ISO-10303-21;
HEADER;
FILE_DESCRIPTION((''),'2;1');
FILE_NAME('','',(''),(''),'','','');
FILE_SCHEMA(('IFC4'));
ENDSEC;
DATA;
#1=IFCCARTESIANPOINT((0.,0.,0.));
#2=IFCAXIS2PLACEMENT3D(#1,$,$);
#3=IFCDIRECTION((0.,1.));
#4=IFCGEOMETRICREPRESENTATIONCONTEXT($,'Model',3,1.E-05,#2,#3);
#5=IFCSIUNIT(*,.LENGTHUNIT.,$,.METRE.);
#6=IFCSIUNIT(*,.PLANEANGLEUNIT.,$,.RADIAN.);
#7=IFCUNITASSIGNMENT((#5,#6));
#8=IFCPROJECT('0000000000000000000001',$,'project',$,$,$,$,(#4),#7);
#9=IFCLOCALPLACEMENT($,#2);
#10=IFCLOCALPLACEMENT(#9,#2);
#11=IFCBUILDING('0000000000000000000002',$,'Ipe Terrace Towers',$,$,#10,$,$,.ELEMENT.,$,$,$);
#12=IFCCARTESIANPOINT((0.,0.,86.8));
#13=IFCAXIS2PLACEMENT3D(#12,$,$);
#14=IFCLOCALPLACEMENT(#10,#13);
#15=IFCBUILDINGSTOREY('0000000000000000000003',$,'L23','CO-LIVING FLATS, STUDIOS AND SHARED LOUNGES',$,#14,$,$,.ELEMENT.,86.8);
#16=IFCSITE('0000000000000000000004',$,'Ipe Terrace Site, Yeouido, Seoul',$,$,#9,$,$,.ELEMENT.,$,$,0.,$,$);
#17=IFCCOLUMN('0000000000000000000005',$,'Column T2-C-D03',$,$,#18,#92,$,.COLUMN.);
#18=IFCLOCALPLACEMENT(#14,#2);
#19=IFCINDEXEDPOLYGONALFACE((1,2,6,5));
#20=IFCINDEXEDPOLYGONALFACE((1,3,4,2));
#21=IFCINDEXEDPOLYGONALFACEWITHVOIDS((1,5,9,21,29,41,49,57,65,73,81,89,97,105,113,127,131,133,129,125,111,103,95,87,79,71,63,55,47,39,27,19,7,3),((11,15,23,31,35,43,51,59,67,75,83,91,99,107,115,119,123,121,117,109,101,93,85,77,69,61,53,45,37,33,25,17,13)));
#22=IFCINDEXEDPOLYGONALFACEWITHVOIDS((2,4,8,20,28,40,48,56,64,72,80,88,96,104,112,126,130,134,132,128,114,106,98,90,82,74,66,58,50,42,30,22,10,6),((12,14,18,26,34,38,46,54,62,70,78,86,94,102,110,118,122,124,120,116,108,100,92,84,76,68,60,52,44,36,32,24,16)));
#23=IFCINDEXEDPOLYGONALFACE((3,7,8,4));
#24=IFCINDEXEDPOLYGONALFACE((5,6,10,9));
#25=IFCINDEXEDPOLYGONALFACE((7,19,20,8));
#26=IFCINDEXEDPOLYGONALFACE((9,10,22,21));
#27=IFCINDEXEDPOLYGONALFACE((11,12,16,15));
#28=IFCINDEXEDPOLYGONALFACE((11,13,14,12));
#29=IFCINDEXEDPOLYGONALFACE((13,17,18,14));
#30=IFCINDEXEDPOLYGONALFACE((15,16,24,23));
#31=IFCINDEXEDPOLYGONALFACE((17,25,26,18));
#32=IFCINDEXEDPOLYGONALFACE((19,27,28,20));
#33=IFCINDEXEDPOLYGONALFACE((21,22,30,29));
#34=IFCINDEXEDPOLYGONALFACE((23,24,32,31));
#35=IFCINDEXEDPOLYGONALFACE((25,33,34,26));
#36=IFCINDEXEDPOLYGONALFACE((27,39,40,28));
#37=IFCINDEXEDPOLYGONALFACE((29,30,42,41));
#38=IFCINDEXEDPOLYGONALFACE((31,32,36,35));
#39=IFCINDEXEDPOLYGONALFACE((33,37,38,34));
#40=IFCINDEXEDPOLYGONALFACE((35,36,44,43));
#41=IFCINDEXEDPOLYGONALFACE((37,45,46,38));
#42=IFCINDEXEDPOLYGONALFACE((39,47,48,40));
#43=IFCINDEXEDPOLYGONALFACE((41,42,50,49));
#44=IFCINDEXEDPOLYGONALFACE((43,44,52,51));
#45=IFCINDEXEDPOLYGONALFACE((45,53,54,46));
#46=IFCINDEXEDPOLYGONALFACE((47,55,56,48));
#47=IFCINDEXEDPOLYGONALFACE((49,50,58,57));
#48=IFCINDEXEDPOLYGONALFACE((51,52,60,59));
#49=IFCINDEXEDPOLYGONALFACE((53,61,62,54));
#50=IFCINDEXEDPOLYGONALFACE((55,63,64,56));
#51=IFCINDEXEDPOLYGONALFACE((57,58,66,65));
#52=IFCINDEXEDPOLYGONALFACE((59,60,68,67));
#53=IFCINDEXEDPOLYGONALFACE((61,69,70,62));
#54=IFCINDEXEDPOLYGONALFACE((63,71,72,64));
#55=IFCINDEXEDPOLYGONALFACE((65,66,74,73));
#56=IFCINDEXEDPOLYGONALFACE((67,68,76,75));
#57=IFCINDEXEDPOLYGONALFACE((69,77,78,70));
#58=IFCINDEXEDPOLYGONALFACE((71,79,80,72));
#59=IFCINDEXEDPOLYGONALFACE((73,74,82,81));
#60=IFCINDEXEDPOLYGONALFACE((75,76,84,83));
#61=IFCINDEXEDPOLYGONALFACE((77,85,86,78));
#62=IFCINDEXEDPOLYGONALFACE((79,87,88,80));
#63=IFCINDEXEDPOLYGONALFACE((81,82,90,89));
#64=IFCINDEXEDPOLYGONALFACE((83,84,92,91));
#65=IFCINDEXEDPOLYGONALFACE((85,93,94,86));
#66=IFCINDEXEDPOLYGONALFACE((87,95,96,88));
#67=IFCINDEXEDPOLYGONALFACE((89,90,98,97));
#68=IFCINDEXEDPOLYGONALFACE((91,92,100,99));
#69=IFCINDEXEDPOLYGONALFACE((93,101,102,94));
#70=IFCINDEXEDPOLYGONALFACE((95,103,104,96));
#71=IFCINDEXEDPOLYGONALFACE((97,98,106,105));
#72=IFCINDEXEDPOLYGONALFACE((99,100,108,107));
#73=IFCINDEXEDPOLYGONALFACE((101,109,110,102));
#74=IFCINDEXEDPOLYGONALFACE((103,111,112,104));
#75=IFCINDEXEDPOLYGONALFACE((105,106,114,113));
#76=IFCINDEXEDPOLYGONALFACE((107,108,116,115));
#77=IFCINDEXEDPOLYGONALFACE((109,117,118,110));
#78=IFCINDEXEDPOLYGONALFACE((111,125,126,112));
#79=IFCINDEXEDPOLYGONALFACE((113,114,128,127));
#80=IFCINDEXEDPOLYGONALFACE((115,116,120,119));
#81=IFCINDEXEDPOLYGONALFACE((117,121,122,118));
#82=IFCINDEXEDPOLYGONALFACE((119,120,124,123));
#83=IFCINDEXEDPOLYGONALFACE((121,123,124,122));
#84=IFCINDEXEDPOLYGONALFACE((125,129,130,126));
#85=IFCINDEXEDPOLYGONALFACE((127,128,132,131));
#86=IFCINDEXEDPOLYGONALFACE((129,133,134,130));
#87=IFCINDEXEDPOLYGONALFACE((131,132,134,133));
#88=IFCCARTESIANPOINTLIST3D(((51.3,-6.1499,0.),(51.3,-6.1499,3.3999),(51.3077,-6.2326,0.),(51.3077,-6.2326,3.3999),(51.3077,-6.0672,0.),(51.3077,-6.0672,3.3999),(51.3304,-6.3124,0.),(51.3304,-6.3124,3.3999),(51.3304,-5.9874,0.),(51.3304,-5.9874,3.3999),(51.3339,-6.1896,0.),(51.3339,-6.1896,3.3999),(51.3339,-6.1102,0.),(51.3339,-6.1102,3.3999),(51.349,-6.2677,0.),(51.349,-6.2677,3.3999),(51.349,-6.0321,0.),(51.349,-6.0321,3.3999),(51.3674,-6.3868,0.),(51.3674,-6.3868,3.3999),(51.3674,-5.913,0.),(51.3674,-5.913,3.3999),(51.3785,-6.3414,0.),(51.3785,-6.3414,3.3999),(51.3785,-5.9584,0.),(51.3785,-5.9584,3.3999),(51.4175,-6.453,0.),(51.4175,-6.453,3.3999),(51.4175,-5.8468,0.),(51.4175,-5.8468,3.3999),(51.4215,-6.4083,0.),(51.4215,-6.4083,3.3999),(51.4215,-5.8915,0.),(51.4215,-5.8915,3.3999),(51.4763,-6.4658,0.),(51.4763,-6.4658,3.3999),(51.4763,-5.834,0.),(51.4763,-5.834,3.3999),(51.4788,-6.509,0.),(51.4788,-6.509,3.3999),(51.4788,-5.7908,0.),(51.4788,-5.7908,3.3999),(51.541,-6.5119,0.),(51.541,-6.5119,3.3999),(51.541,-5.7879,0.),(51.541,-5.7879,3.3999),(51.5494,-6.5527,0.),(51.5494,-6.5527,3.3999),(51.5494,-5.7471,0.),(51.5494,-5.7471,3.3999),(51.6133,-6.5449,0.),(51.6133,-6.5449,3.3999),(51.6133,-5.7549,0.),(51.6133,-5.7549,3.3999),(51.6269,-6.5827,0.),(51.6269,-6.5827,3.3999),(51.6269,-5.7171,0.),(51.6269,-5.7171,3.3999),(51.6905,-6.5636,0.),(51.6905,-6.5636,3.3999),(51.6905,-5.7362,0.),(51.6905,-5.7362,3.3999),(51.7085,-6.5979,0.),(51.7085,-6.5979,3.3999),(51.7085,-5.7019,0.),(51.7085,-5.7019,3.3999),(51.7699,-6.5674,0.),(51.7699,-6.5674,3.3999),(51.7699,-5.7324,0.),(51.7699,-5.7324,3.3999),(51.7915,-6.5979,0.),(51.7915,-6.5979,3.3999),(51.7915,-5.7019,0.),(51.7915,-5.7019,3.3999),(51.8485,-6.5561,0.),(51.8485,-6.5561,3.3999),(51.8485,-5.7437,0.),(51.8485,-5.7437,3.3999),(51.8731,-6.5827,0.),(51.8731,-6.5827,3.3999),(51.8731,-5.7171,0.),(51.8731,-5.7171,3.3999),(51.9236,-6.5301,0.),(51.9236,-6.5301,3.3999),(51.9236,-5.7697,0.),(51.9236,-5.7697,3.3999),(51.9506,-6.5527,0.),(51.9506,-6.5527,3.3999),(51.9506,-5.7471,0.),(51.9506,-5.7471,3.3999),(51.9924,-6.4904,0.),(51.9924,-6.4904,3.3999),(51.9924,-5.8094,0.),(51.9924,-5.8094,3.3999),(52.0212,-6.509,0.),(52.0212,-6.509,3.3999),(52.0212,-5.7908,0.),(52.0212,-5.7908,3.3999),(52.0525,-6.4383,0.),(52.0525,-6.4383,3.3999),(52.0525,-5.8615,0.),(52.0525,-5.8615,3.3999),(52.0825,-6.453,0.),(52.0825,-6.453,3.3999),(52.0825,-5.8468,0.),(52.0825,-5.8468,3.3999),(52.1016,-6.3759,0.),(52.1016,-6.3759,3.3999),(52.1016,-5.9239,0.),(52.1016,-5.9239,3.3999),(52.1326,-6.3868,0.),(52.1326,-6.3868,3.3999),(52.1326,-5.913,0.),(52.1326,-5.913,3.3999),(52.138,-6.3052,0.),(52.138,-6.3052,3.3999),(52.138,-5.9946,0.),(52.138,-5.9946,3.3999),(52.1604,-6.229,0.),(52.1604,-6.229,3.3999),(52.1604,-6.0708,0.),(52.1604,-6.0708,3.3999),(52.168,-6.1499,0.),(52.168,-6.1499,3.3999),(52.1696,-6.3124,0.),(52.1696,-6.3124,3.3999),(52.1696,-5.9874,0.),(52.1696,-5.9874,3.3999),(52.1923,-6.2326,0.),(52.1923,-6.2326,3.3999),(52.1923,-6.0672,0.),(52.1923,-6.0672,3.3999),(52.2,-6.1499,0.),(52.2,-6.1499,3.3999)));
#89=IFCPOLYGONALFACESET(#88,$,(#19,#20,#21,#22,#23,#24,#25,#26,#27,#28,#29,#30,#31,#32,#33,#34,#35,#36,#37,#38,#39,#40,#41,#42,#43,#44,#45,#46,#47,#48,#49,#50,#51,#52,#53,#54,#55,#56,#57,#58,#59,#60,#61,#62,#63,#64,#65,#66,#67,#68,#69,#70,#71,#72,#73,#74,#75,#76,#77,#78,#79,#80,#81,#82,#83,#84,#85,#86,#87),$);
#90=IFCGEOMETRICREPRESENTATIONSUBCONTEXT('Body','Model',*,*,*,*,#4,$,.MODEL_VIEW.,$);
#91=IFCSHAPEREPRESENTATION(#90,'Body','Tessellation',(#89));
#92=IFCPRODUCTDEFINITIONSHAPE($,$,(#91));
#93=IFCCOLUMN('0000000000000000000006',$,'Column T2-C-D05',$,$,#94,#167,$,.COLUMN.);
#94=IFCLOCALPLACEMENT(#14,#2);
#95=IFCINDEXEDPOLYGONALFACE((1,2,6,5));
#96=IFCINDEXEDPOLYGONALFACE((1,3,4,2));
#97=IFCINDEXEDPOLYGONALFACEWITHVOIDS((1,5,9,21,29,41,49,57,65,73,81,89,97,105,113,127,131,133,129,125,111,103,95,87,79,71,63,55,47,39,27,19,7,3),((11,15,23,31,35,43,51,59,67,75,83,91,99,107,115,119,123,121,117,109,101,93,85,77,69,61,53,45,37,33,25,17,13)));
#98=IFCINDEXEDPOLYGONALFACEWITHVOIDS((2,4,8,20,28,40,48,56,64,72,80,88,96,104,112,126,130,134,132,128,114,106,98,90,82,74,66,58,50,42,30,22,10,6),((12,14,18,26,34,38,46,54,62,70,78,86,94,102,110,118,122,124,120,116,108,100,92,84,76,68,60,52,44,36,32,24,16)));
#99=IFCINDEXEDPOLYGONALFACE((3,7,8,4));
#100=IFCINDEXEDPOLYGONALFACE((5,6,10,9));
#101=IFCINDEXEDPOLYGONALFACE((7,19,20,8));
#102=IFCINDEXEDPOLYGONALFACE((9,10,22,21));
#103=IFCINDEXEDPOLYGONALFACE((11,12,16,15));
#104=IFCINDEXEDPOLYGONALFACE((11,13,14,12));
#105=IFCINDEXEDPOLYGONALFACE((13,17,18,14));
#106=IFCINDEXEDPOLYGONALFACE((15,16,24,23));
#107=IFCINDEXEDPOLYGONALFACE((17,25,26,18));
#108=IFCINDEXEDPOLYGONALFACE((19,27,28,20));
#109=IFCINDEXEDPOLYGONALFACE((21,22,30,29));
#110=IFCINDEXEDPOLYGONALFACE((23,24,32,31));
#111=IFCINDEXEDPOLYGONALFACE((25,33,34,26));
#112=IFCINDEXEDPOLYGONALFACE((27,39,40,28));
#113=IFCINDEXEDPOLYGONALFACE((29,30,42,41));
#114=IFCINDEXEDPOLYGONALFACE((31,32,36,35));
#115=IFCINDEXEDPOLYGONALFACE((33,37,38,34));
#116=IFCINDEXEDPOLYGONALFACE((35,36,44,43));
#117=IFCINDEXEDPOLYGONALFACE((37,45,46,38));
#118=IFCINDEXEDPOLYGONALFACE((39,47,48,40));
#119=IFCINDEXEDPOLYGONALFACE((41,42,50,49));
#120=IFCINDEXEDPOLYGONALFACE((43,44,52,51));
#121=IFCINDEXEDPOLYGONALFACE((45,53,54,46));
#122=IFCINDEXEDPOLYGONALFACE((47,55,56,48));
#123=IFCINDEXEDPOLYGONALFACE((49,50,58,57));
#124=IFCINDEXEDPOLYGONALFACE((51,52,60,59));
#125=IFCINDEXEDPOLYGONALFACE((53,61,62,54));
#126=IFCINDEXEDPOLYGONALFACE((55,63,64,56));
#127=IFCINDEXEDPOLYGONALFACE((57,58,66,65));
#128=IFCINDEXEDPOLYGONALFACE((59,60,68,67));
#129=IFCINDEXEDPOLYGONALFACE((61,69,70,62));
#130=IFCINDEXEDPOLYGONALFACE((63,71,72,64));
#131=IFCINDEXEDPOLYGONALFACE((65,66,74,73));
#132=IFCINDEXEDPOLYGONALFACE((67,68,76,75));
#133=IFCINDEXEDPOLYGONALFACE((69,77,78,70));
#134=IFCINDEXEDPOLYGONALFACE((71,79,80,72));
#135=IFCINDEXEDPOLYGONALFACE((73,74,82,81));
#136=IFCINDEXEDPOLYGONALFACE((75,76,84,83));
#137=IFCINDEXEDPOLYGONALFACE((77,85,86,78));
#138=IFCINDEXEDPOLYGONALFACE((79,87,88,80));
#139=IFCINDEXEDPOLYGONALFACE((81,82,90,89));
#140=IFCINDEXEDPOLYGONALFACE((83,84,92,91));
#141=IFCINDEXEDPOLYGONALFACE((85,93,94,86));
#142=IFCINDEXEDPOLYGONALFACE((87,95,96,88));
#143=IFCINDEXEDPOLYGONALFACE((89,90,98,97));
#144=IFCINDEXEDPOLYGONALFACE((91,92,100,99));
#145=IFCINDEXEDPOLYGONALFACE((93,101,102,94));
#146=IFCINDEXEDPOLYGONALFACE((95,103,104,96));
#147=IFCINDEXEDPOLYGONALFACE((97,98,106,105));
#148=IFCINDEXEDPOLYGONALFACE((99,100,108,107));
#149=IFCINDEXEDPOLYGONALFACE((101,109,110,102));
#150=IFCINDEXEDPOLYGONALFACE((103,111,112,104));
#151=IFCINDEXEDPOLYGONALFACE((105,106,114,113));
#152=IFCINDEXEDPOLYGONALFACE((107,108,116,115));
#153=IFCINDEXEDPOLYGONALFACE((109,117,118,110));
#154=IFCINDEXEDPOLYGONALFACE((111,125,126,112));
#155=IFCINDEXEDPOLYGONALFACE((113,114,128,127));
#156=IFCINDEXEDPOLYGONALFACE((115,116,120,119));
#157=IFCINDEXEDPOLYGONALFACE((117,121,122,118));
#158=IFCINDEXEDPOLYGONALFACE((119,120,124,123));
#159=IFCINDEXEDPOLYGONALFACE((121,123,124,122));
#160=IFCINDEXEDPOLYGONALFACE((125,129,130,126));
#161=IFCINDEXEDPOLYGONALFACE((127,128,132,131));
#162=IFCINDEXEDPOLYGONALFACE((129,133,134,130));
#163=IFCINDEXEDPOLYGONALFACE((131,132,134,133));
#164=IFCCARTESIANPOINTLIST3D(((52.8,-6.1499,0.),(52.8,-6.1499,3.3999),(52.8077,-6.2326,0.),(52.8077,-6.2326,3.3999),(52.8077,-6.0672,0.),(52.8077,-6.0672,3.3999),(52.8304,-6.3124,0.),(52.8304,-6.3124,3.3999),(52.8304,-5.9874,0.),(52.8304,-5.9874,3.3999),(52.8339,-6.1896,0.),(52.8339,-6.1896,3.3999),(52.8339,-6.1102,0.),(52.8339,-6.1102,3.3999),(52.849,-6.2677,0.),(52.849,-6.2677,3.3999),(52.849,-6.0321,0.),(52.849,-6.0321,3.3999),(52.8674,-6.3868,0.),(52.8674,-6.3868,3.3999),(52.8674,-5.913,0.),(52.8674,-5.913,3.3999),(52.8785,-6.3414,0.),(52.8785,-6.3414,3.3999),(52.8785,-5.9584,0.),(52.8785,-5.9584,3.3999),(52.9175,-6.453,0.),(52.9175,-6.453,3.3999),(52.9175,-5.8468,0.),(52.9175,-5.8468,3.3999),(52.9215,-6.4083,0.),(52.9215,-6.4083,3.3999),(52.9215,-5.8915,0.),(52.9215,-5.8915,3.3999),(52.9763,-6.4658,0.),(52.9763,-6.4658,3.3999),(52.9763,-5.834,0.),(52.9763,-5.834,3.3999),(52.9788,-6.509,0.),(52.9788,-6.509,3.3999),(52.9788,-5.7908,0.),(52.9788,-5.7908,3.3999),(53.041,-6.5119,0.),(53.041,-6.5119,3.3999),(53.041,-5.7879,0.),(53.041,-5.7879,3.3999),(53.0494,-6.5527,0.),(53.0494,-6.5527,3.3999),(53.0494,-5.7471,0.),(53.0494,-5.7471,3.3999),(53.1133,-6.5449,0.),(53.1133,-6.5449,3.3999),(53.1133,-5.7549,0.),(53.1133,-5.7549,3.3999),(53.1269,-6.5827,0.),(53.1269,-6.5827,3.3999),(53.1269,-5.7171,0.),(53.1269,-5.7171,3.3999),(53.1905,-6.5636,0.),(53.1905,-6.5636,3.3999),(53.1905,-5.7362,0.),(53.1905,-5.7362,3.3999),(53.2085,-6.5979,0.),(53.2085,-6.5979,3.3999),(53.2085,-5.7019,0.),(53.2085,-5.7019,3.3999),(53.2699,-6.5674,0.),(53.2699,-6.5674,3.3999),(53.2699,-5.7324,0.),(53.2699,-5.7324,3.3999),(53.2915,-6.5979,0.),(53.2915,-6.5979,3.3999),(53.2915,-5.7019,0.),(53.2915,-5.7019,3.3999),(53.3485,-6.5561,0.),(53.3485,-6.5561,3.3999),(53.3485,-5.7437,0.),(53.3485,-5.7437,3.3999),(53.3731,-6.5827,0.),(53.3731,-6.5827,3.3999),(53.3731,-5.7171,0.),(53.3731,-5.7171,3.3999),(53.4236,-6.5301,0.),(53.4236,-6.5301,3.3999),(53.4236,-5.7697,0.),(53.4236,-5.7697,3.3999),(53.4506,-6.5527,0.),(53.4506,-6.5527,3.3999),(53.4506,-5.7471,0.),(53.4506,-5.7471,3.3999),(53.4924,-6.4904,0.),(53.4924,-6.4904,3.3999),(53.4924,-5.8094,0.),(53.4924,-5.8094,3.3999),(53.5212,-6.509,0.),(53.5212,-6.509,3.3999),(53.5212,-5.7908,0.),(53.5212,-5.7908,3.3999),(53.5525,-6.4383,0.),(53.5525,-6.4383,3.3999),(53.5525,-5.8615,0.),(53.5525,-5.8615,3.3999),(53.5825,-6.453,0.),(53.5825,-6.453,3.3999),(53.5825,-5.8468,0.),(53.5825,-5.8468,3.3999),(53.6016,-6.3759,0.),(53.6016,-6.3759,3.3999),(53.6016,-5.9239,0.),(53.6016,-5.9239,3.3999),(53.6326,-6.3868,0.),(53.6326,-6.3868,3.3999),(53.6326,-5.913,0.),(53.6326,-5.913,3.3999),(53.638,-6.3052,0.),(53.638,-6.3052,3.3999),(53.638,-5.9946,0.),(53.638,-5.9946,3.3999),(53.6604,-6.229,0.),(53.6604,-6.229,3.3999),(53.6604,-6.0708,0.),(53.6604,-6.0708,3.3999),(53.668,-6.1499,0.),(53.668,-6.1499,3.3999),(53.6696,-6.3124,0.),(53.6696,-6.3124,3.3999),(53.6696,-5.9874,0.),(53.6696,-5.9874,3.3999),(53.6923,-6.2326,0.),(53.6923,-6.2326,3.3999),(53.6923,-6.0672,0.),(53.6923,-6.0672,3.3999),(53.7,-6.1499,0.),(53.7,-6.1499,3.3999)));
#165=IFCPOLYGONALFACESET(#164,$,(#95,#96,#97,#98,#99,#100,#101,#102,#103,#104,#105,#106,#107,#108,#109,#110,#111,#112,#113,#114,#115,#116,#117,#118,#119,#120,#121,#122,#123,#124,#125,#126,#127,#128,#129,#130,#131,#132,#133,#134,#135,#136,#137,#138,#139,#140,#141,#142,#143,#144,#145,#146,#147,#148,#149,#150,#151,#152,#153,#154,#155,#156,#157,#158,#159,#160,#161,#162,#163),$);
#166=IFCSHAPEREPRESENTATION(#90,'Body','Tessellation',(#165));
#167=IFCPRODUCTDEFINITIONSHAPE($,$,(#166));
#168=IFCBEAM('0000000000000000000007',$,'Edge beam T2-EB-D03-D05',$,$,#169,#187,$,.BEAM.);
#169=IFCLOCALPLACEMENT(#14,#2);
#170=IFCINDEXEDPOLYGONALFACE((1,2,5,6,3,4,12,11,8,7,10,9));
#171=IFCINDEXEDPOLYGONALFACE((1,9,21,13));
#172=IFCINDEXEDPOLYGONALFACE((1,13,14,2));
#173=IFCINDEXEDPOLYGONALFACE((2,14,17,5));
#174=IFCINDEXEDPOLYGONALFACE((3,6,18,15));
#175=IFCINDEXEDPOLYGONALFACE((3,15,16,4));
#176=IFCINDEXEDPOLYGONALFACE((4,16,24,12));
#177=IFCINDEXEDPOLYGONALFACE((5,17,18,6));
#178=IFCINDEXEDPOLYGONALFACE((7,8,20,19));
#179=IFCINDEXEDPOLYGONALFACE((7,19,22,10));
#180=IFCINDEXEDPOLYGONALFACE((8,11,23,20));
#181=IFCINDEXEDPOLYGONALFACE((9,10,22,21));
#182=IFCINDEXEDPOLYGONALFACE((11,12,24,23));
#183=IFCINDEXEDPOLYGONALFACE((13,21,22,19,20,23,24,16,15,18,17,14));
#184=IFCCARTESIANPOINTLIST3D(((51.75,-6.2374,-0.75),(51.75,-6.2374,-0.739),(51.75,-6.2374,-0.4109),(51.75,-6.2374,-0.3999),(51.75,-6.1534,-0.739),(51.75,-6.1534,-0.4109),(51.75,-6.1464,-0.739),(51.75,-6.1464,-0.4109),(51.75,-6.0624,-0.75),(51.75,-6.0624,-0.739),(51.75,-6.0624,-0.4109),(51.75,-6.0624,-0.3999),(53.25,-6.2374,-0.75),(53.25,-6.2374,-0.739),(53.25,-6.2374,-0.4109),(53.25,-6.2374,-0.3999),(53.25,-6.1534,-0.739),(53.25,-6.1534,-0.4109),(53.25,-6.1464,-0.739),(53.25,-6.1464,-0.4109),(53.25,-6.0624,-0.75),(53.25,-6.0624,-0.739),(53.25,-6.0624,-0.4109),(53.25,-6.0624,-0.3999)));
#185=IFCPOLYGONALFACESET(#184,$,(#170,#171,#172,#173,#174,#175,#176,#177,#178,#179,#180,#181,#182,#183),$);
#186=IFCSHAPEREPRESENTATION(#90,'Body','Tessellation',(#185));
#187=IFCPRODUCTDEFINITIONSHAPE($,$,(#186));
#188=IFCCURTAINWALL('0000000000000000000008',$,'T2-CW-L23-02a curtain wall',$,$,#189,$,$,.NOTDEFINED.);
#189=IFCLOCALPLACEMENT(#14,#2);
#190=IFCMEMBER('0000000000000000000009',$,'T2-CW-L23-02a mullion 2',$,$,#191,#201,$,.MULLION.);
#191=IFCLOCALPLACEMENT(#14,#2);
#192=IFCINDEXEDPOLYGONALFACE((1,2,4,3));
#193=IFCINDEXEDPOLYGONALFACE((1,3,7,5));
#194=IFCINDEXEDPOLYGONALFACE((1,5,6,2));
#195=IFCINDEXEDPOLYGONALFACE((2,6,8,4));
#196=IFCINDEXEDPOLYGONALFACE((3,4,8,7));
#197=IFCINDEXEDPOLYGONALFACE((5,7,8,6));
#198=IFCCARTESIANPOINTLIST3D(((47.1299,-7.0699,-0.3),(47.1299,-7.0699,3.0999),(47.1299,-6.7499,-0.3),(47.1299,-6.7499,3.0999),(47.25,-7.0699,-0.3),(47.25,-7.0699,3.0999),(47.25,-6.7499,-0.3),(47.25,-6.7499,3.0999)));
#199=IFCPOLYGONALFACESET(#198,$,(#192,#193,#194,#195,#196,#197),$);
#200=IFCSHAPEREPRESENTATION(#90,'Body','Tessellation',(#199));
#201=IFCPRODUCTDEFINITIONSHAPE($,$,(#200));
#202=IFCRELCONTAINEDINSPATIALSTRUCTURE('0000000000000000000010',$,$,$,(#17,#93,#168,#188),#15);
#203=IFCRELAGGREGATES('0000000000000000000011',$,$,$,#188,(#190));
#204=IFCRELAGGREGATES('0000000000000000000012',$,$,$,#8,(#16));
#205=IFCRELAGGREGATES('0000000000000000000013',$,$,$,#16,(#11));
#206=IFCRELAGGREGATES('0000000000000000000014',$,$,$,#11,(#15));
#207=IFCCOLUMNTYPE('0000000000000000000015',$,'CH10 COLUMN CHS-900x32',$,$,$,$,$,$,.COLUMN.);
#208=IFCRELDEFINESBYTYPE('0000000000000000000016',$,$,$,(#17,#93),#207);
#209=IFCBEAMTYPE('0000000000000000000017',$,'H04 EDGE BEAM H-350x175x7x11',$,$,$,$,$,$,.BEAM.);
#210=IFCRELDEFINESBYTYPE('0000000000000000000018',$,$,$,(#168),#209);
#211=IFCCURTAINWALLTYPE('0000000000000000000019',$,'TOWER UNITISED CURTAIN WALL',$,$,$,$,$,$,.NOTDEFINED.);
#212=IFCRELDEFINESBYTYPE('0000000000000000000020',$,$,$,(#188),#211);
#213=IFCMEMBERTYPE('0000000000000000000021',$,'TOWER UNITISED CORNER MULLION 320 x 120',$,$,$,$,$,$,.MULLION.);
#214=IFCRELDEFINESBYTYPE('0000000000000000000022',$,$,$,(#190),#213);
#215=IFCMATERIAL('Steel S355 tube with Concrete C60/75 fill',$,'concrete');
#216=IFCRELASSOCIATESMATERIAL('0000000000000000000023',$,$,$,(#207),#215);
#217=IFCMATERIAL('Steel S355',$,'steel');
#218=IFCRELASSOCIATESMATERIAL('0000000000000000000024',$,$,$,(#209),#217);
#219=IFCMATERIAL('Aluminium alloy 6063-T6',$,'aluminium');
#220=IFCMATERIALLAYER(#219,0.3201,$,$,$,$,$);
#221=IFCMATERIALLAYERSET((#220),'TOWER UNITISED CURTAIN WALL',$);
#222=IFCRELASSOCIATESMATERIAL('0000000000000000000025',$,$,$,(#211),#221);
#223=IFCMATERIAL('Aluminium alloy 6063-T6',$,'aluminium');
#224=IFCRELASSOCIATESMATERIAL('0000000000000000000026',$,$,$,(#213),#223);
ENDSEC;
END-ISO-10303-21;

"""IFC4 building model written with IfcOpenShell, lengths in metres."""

from ifc_helpers import new_model, si_unit, direction, frame, origin, origin_2d, place, context, subcontext, project, spatial, rectangle, hollow_circle, i_section, extrude, material, layer, layer_set, material_profile, profile_set, type_object, element, aggregate, save


model = new_model("IFC4")

# Units and contexts
model_context = context("Model", 3, precision=1e-05, world=origin(), true_north=direction((0.0, 1.0)))
body_context = subcontext(model_context, "Body", "Model", "MODEL_VIEW")
ifc_project = project(units=[si_unit("LENGTHUNIT", "METRE"), si_unit("PLANEANGLEUNIT", "RADIAN")], contexts=[model_context])

# Site, building, storey
site_placement = place(None, origin())
site = spatial("IfcSite", under=ifc_project, at=site_placement, Name="Ipe Terrace Site, Yeouido, Seoul", CompositionType="ELEMENT", RefElevation=0.0)
building_placement = place(site_placement, origin())
building = spatial("IfcBuilding", under=site, at=building_placement, Name="Ipe Terrace Towers", CompositionType="ELEMENT")
storey_placement = place(building_placement, frame((0.0, 0.0, 86.8)))
storey = spatial("IfcBuildingStorey", under=building, at=storey_placement, Name="L23", Description="CO-LIVING FLATS, STUDIOS AND SHARED LOUNGES", CompositionType="ELEMENT", Elevation=86.8)

# Columns
ifc_material_1 = material(Name="Steel S355 tube with Concrete C60/75 fill", Category="concrete")
ifc_material_profile_1 = material_profile(ifc_material_1, hollow_circle(Radius=0.45, WallThickness=0.032, at=origin_2d()), Name="CHS-900x32")
ifc_profile_set_1 = profile_set([ifc_material_profile_1], Name="Steel S355 tube with Concrete C60/75 fill")
column_type = type_object("IfcColumnType", Name="CH10 COLUMN CHS-900x32", PredefinedType="COLUMN", material=ifc_profile_set_1)
for number, where, z_axis, x_axis, name in (
    (1, (51.75, -6.1499, 0.0), (0.0, 0.0, 1.0), (1.0, 0.0, 0.0), "Column T2-C-D03"),
    (2, (53.25, -6.1499, 0.0), (0.0, 0.0, 1.0), (1.0, 0.0, 0.0), "Column T2-C-D05"),
):
    element("IfcColumn", number, at=place(storey_placement, frame(where, z_axis=z_axis, x_axis=x_axis)), inside=storey, type_object=column_type, Name=name, PredefinedType="COLUMN", context=body_context, shape_type="SweptSolid", body=[
        extrude(hollow_circle(Radius=0.45, WallThickness=0.032, at=origin_2d()), origin(), (0.0, 0.0, 1.0), 3.3999),
    ])

# Beam
ifc_material_2 = material(Name="Steel S355", Category="steel")
ifc_material_profile_2 = material_profile(ifc_material_2, i_section(OverallWidth=0.175, OverallDepth=0.3501, WebThickness=0.0071, FlangeThickness=0.011, at=origin_2d()), Name="H-350x175x7x11")
ifc_profile_set_2 = profile_set([ifc_material_profile_2], Name="Steel S355")
beam_type = type_object("IfcBeamType", Name="H04 EDGE BEAM H-350x175x7x11", PredefinedType="BEAM", material=ifc_profile_set_2)
beam_placement = place(storey_placement, frame((51.75, -6.1499, -0.575), z_axis=(1.0, 0.0, 0.0), x_axis=(0.0, 1.0, 0.0)))
element("IfcBeam", 3, at=beam_placement, inside=storey, type_object=beam_type, Name="Edge beam T2-EB-D03-D05", PredefinedType="BEAM", context=body_context, shape_type="SweptSolid", body=[
    extrude(i_section(OverallWidth=0.175, OverallDepth=0.3501, WebThickness=0.0071, FlangeThickness=0.011, at=origin_2d()), origin(), (0.0, 0.0, 1.0), 1.5),
])

# Curtain wall, member
ifc_material_3 = material(Name="Aluminium alloy 6063-T6", Category="aluminium")
ifc_layer_1 = layer(ifc_material_3, 0.3201)
ifc_layer_set_1 = layer_set([ifc_layer_1], Name="TOWER UNITISED CURTAIN WALL")
curtain_wall_type = type_object("IfcCurtainWallType", Name="TOWER UNITISED CURTAIN WALL", PredefinedType="NOTDEFINED", material=ifc_layer_set_1)
curtain_wall_1_placement = place(storey_placement, origin())
curtain_wall_1 = element("IfcCurtainWall", 4, at=curtain_wall_1_placement, inside=storey, type_object=curtain_wall_type, Name="T2-CW-L23-02a curtain wall", PredefinedType="NOTDEFINED")
ifc_material_4 = material(Name="Aluminium alloy 6063-T6", Category="aluminium")
ifc_material_profile_3 = material_profile(ifc_material_4, rectangle(XDim=0.3201, YDim=0.1201, at=origin_2d()), Name="TOWER UNITISED CORNER MULLION 320 x 120")
ifc_profile_set_3 = profile_set([ifc_material_profile_3], Name="Aluminium alloy 6063-T6")
member_type_1 = type_object("IfcMemberType", Name="TOWER UNITISED CORNER MULLION 320 x 120", PredefinedType="MULLION", material=ifc_profile_set_3)
member_1_placement = place(storey_placement, frame((47.1899, -6.9099, -0.3), z_axis=(0.0, 0.0, 1.0), x_axis=(0.0, -1.0, 0.0)))
member_1 = element("IfcMember", 5, at=member_1_placement, type_object=member_type_1, Name="T2-CW-L23-02a mullion 2", PredefinedType="MULLION", context=body_context, shape_type="SweptSolid", body=[
    extrude(rectangle(XDim=0.3201, YDim=0.1201, at=origin_2d()), origin(), (0.0, 0.0, 1.0), 3.3999),
])
aggregate(curtain_wall_1, [member_1])

save(model, "model.ifc")
